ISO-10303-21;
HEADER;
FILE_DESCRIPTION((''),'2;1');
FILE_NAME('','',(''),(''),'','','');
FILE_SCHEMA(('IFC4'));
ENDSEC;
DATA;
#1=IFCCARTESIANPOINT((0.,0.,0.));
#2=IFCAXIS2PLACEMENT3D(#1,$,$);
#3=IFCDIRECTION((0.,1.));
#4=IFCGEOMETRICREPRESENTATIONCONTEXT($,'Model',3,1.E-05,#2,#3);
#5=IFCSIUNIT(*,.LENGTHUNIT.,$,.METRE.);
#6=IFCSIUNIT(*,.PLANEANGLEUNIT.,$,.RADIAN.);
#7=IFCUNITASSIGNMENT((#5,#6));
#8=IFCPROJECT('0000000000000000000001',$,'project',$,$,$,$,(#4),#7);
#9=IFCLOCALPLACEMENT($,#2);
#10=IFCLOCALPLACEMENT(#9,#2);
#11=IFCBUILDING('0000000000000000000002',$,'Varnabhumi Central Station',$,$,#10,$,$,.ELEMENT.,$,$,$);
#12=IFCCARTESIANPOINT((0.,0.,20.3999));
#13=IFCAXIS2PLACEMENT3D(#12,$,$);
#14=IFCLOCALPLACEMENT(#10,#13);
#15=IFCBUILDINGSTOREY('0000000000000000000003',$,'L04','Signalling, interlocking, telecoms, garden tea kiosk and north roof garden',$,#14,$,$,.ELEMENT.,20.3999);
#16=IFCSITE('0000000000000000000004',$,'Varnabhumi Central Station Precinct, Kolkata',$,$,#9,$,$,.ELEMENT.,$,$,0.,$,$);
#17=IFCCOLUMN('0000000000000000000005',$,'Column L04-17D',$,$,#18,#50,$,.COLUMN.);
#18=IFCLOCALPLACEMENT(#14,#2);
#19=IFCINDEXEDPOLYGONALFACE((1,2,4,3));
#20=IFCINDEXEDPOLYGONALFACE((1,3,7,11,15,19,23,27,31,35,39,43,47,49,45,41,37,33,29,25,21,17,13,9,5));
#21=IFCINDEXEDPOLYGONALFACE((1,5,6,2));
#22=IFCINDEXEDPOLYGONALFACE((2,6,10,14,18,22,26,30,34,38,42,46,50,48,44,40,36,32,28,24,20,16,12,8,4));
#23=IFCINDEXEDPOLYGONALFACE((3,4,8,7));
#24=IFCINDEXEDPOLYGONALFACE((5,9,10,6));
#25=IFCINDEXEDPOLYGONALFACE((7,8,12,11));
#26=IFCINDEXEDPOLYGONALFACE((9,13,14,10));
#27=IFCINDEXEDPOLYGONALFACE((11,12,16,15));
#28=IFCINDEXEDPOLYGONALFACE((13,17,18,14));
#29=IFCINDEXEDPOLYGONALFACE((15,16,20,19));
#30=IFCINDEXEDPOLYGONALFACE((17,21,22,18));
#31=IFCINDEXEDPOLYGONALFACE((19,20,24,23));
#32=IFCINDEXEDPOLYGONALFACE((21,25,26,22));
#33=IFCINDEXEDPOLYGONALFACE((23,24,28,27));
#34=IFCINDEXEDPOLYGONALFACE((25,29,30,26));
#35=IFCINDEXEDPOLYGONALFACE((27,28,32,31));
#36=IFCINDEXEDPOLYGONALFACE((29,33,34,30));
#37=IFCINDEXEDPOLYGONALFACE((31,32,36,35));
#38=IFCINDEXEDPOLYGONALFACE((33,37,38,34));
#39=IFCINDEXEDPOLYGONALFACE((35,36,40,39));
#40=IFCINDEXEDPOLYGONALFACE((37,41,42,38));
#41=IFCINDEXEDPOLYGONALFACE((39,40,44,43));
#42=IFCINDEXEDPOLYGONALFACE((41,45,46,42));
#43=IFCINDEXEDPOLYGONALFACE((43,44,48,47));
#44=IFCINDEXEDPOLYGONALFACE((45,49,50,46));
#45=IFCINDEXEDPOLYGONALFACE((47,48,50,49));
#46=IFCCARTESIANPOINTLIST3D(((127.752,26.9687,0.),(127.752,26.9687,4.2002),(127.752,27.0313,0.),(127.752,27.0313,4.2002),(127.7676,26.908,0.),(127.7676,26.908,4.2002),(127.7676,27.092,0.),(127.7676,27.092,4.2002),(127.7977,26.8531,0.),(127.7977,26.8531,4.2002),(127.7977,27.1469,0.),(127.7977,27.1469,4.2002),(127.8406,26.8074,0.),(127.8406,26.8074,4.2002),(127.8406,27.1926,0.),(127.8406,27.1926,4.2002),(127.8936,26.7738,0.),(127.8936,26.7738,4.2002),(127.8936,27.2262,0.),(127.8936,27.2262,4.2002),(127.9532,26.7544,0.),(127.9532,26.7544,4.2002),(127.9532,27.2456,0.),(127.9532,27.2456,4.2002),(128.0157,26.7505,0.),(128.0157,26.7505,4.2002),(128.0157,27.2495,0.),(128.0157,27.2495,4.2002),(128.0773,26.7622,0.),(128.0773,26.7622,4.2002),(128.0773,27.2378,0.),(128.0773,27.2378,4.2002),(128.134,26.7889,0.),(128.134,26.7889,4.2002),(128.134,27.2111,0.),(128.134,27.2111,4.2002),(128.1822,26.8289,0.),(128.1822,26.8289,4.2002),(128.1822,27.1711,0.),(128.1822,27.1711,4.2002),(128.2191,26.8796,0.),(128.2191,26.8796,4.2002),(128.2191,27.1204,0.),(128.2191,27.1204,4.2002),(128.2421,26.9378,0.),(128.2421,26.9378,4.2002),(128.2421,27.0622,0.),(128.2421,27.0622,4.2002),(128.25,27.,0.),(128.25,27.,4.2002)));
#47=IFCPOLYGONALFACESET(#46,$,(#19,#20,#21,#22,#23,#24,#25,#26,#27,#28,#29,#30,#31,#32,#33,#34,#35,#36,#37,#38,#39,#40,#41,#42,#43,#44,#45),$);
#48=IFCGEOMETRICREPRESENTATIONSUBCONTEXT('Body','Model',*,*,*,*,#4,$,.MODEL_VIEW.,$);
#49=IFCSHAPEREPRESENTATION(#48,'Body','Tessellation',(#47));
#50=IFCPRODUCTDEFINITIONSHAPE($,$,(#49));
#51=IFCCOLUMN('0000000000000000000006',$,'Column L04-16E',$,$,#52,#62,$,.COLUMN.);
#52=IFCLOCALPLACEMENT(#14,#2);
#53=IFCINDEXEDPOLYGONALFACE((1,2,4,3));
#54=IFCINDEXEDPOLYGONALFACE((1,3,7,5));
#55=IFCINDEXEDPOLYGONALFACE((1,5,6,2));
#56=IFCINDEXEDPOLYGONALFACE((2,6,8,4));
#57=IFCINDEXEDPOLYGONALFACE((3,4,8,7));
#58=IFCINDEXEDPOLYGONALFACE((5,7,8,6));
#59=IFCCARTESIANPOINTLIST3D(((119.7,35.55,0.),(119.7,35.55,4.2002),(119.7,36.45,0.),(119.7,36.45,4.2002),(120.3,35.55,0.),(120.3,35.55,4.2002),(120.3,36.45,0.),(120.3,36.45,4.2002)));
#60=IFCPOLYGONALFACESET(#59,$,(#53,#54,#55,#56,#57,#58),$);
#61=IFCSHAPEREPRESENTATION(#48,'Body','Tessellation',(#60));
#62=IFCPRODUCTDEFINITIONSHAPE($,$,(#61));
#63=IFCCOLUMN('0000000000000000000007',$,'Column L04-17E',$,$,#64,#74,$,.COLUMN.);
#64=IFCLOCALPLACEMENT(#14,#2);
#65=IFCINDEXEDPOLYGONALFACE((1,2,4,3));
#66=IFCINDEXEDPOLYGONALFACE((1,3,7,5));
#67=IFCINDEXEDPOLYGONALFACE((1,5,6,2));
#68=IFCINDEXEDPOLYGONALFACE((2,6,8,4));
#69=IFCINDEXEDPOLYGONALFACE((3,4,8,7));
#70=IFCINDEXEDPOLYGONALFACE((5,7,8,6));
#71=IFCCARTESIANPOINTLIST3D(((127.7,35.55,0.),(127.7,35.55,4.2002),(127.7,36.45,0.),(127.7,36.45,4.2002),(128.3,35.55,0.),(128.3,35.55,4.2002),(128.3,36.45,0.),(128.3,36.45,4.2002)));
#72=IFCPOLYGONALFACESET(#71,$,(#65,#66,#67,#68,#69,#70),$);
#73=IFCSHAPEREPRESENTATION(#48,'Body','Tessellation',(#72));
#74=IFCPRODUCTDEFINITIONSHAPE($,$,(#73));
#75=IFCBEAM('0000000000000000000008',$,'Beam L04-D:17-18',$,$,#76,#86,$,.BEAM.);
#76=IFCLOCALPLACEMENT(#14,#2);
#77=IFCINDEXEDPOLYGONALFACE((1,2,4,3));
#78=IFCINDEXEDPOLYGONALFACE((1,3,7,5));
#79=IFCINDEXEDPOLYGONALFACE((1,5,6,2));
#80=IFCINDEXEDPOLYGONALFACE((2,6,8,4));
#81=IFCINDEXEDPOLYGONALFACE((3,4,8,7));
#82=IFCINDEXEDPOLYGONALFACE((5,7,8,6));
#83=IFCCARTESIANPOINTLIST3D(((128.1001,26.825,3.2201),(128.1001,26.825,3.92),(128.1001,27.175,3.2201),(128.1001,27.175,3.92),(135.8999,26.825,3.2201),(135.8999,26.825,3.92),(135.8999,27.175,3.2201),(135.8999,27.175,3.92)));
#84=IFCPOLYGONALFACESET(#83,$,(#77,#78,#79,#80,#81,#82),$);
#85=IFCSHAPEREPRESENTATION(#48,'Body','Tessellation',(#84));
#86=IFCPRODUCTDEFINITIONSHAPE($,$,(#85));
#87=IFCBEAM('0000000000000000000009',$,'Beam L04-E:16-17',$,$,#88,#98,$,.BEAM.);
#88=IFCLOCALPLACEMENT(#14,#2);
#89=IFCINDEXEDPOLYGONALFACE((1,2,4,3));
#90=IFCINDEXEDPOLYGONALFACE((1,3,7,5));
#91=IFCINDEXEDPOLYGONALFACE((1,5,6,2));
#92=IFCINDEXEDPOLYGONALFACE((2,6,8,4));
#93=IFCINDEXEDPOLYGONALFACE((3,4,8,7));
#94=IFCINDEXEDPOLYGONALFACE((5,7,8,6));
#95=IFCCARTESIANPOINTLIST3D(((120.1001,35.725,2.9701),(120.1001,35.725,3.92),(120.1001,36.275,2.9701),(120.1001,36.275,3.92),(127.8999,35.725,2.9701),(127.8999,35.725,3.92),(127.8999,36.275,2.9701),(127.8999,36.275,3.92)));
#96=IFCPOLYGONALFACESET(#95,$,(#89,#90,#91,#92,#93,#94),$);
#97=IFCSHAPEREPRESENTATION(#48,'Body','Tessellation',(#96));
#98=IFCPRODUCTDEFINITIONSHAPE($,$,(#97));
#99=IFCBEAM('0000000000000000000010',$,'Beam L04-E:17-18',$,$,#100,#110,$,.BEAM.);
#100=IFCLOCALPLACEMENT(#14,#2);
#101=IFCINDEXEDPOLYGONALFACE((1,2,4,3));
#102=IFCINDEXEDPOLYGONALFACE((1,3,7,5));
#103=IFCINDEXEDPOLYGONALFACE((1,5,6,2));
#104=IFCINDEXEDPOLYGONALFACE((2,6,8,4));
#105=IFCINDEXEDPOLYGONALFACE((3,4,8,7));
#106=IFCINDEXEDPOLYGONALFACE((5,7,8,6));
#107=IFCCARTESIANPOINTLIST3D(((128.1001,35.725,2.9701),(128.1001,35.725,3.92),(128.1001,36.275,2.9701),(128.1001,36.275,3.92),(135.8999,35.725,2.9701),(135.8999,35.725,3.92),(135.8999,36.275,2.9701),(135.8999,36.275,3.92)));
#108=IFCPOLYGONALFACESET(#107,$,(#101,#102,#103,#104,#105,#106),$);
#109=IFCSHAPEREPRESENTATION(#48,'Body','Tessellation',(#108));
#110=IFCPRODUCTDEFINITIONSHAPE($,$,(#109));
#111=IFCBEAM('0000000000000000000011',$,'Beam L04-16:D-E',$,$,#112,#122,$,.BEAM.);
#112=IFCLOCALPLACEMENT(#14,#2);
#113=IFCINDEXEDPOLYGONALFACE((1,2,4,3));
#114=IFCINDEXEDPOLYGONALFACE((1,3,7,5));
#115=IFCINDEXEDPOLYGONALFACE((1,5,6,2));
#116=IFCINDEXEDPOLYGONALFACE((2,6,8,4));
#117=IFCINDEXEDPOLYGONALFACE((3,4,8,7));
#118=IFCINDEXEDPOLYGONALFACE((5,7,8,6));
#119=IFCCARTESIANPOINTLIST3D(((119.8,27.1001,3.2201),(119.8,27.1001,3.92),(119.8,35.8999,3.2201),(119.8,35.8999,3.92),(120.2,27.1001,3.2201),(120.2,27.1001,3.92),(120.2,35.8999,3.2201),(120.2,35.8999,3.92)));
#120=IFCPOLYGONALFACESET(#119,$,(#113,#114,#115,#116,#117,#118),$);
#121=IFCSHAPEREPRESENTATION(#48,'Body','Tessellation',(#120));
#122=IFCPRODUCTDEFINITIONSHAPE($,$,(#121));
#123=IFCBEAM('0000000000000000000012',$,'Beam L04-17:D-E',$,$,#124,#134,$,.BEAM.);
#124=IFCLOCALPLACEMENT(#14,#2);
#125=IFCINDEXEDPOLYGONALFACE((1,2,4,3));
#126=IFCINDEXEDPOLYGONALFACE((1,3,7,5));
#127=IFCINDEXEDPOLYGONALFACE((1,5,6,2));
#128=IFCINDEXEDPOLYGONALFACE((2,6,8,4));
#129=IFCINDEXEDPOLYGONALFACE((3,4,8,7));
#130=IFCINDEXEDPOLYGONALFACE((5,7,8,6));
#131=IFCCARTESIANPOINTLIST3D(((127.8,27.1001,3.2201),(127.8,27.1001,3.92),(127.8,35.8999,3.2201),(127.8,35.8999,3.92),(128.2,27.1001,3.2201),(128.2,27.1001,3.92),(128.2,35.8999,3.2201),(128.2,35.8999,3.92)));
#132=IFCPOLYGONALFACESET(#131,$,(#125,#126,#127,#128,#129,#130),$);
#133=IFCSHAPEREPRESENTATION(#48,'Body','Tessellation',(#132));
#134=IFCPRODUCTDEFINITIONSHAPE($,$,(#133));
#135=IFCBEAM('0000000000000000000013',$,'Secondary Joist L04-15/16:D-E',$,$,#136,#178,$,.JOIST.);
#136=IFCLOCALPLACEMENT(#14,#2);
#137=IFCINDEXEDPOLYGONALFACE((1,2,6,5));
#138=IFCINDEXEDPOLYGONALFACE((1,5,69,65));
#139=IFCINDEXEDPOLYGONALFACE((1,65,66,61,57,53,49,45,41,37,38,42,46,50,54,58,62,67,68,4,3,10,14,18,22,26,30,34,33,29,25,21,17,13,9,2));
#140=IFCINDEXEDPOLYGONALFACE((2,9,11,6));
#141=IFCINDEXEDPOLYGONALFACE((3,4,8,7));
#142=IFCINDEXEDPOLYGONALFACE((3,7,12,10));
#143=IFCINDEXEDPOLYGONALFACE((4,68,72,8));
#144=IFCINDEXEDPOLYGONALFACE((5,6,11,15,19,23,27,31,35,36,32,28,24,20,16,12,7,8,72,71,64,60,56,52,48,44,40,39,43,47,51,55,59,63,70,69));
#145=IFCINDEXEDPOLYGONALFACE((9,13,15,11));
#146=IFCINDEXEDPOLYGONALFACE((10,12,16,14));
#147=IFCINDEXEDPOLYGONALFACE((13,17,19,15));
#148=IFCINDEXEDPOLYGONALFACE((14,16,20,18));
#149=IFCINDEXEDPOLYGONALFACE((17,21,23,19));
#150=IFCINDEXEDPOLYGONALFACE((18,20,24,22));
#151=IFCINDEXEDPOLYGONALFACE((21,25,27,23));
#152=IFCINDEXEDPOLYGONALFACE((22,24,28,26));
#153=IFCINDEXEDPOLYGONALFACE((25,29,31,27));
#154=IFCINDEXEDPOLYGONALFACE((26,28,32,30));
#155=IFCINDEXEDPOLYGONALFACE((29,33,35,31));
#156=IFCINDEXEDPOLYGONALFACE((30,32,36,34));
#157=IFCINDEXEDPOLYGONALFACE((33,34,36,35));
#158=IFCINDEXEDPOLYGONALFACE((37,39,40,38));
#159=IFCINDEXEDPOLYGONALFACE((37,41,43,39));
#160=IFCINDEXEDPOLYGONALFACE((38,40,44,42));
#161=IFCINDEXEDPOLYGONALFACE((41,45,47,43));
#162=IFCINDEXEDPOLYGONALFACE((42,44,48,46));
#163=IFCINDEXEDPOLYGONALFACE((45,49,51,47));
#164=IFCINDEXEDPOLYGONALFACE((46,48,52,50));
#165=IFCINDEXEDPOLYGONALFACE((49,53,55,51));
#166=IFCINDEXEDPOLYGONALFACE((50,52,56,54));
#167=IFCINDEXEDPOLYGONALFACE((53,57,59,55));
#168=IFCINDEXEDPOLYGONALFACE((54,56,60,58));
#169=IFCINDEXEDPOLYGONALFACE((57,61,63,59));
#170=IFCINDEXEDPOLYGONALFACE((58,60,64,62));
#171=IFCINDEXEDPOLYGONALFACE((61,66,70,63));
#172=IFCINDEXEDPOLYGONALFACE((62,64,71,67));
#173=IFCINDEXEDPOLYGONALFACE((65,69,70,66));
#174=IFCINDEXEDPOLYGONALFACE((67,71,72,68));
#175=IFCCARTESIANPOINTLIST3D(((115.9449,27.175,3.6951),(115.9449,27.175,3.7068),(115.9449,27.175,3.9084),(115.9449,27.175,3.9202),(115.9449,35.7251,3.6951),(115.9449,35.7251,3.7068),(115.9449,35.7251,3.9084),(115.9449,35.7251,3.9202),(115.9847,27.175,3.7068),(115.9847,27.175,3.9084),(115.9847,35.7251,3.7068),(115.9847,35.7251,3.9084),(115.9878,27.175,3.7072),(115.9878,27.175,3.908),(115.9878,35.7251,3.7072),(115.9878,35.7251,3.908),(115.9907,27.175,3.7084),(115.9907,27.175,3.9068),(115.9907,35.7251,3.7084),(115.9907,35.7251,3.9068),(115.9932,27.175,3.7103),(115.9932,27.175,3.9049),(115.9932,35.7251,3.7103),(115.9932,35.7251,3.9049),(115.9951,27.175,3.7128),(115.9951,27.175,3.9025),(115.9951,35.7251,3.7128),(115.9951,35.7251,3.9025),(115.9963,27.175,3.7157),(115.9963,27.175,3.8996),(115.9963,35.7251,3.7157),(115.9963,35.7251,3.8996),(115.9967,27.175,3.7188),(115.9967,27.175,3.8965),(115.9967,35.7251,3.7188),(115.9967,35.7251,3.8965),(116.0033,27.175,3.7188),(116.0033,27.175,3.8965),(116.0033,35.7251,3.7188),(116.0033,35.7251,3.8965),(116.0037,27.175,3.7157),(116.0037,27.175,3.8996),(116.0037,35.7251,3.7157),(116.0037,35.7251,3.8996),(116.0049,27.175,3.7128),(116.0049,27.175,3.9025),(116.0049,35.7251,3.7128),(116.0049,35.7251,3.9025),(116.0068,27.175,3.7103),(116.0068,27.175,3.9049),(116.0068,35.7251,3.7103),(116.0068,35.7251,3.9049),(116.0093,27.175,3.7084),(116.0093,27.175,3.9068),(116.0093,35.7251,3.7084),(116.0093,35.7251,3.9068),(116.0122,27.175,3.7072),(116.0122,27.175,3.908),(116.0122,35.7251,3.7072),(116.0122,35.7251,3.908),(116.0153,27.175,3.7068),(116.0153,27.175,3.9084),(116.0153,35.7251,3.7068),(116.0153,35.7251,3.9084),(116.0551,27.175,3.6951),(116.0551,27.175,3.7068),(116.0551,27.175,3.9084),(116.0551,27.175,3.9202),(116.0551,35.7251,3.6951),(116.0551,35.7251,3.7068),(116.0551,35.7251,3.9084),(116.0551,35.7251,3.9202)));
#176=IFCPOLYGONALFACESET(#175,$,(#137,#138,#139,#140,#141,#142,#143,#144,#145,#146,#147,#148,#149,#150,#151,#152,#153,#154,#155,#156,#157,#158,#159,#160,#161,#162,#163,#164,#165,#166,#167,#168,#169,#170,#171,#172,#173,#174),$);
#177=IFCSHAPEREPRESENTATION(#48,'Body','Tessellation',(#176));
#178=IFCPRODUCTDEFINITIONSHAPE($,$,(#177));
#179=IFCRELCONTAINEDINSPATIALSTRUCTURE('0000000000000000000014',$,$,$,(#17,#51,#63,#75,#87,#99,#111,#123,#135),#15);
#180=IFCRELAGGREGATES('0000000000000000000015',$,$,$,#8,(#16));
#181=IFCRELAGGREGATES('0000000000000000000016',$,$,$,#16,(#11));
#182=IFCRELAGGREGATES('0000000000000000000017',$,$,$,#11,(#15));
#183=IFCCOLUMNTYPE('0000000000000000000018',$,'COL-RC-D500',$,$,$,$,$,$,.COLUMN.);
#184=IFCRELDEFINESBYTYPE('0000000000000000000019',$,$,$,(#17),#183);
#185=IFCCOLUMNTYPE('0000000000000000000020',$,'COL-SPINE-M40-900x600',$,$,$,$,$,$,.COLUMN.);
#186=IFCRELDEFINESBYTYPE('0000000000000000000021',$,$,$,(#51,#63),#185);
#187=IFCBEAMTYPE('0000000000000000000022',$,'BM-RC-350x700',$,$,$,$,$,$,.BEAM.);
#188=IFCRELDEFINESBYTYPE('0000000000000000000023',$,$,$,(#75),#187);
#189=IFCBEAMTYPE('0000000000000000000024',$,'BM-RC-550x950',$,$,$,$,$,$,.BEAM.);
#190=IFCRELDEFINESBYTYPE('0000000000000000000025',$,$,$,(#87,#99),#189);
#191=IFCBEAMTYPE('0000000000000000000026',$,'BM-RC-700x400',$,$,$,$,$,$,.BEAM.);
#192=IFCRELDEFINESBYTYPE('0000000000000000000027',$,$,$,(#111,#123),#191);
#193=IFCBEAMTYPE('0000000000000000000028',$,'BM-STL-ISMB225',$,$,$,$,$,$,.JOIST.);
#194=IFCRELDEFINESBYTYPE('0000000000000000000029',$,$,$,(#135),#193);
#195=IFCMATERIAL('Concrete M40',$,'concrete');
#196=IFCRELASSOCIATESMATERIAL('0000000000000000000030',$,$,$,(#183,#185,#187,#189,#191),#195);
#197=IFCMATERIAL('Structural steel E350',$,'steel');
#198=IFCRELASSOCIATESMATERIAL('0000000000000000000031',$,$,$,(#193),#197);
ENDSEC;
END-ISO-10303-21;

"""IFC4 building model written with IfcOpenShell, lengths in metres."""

from ifc_helpers import new_model, si_unit, direction, frame, origin, origin_2d, place, context, subcontext, project, spatial, rectangle, circle, i_section, extrude, material, material_profile, profile_set, type_object, element, save


model = new_model("IFC4")

# Units and contexts
model_context = context("Model", 3, precision=1e-05, world=origin(), true_north=direction((0.0, 1.0)))
body_context = subcontext(model_context, "Body", "Model", "MODEL_VIEW")
ifc_project = project(units=[si_unit("LENGTHUNIT", "METRE"), si_unit("PLANEANGLEUNIT", "RADIAN")], contexts=[model_context])

# Site, building, storey
site_placement = place(None, origin())
site = spatial("IfcSite", under=ifc_project, at=site_placement, Name="Varnabhumi Central Station Precinct, Kolkata", CompositionType="ELEMENT", RefElevation=0.0)
building_placement = place(site_placement, origin())
building = spatial("IfcBuilding", under=site, at=building_placement, Name="Varnabhumi Central Station", CompositionType="ELEMENT")
storey_placement = place(building_placement, frame((0.0, 0.0, 20.3999)))
storey = spatial("IfcBuildingStorey", under=building, at=storey_placement, Name="L04", Description="Signalling, interlocking, telecoms, garden tea kiosk and north roof garden", CompositionType="ELEMENT", Elevation=20.3999)

# Columns
ifc_material_1 = material(Name="Concrete M40", Category="concrete")
ifc_material_profile_1 = material_profile(ifc_material_1, circle(Radius=0.25, at=origin_2d()), Name="Concrete M40", Category="concrete")
ifc_profile_set_1 = profile_set([ifc_material_profile_1], Name="Concrete M40")
column_type_1 = type_object("IfcColumnType", Name="COL-RC-D500", PredefinedType="COLUMN", material=ifc_profile_set_1)
column_placement = place(storey_placement, frame((128.0, 27.0, 0.0), z_axis=(0.0, 0.0, 1.0), x_axis=(1.0, 0.0, 0.0)))
element("IfcColumn", 1, at=column_placement, inside=storey, type_object=column_type_1, Name="Column L04-17D", PredefinedType="COLUMN", context=body_context, shape_type="SweptSolid", body=[
    extrude(circle(Radius=0.25, at=origin_2d()), origin(), (0.0, 0.0, 1.0), 4.2002),
])
ifc_material_profile_2 = material_profile(ifc_material_1, rectangle(XDim=0.6001, YDim=0.8999, at=origin_2d()), Name="Concrete M40", Category="concrete")
ifc_profile_set_2 = profile_set([ifc_material_profile_2], Name="Concrete M40")
column_type_2 = type_object("IfcColumnType", Name="COL-SPINE-M40-900x600", PredefinedType="COLUMN", material=ifc_profile_set_2)
for number, where, z_axis, x_axis, name in (
    (2, (120.0, 36.0, 0.0), (0.0, 0.0, 1.0), (1.0, 0.0, 0.0), "Column L04-16E"),
    (3, (128.0, 36.0, 0.0), (0.0, 0.0, 1.0), (1.0, 0.0, 0.0), "Column L04-17E"),
):
    element("IfcColumn", number, at=place(storey_placement, frame(where, z_axis=z_axis, x_axis=x_axis)), inside=storey, type_object=column_type_2, Name=name, PredefinedType="COLUMN", context=body_context, shape_type="SweptSolid", body=[
        extrude(rectangle(XDim=0.6001, YDim=0.8999, at=origin_2d()), origin(), (0.0, 0.0, 1.0), 4.2002),
    ])

# Beams
ifc_material_profile_3 = material_profile(ifc_material_1, rectangle(XDim=0.3501, YDim=0.7, at=origin_2d()), Name="Concrete M40", Category="concrete")
ifc_profile_set_3 = profile_set([ifc_material_profile_3], Name="Concrete M40")
beam_type_1 = type_object("IfcBeamType", Name="BM-RC-350x700", PredefinedType="BEAM", material=ifc_profile_set_3)
beam_1_placement = place(storey_placement, frame((128.1001, 27.0, 3.5701), z_axis=(1.0, 0.0, 0.0), x_axis=(0.0, 1.0, 0.0)))
element("IfcBeam", 4, at=beam_1_placement, inside=storey, type_object=beam_type_1, Name="Beam L04-D:17-18", PredefinedType="BEAM", context=body_context, shape_type="SweptSolid", body=[
    extrude(rectangle(XDim=0.3501, YDim=0.7, at=origin_2d()), origin(), (0.0, 0.0, 1.0), 7.7998),
])
ifc_material_profile_4 = material_profile(ifc_material_1, rectangle(XDim=0.55, YDim=0.95, at=origin_2d()), Name="Concrete M40", Category="concrete")
ifc_profile_set_4 = profile_set([ifc_material_profile_4], Name="Concrete M40")
beam_type_2 = type_object("IfcBeamType", Name="BM-RC-550x950", PredefinedType="BEAM", material=ifc_profile_set_4)
for number, where, z_axis, x_axis, name in (
    (5, (120.1001, 36.0, 3.4451), (1.0, 0.0, 0.0), (0.0, 1.0, 0.0), "Beam L04-E:16-17"),
    (6, (128.1001, 36.0, 3.4451), (1.0, 0.0, 0.0), (0.0, 1.0, 0.0), "Beam L04-E:17-18"),
):
    element("IfcBeam", number, at=place(storey_placement, frame(where, z_axis=z_axis, x_axis=x_axis)), inside=storey, type_object=beam_type_2, Name=name, PredefinedType="BEAM", context=body_context, shape_type="SweptSolid", body=[
        extrude(rectangle(XDim=0.55, YDim=0.95, at=origin_2d()), origin(), (0.0, 0.0, 1.0), 7.7998),
    ])
ifc_material_profile_5 = material_profile(ifc_material_1, rectangle(XDim=0.3999, YDim=0.7, at=origin_2d()), Name="Concrete M40", Category="concrete")
ifc_profile_set_5 = profile_set([ifc_material_profile_5], Name="Concrete M40")
beam_type_3 = type_object("IfcBeamType", Name="BM-RC-700x400", PredefinedType="BEAM", material=ifc_profile_set_5)
for number, where, z_axis, x_axis, name in (
    (7, (120.0, 27.1001, 3.5701), (0.0, 1.0, 0.0), (-1.0, 0.0, 0.0), "Beam L04-16:D-E"),
    (8, (128.0, 27.1001, 3.5701), (0.0, 1.0, 0.0), (-1.0, 0.0, 0.0), "Beam L04-17:D-E"),
):
    element("IfcBeam", number, at=place(storey_placement, frame(where, z_axis=z_axis, x_axis=x_axis)), inside=storey, type_object=beam_type_3, Name=name, PredefinedType="BEAM", context=body_context, shape_type="SweptSolid", body=[
        extrude(rectangle(XDim=0.3999, YDim=0.7, at=origin_2d()), origin(), (0.0, 0.0, 1.0), 8.7998),
    ])
ifc_material_2 = material(Name="Structural steel E350", Category="steel")
ifc_material_profile_6 = material_profile(ifc_material_2, i_section(OverallWidth=0.1101, OverallDepth=0.2251, WebThickness=0.0066, FlangeThickness=0.0117, FilletRadius=0.012, at=origin_2d()), Name="Structural steel E350", Category="steel")
ifc_profile_set_6 = profile_set([ifc_material_profile_6], Name="Structural steel E350")
beam_type_4 = type_object("IfcBeamType", Name="BM-STL-ISMB225", PredefinedType="JOIST", material=ifc_profile_set_6)
beam_2_placement = place(storey_placement, frame((116.0, 27.175, 3.8076), z_axis=(0.0, 1.0, 0.0), x_axis=(-1.0, 0.0, 0.0)))
element("IfcBeam", 9, at=beam_2_placement, inside=storey, type_object=beam_type_4, Name="Secondary Joist L04-15/16:D-E", PredefinedType="JOIST", context=body_context, shape_type="SweptSolid", body=[
    extrude(i_section(OverallWidth=0.1101, OverallDepth=0.2251, WebThickness=0.0066, FlangeThickness=0.0117, FilletRadius=0.012, at=origin_2d()), origin(), (0.0, 0.0, 1.0), 8.55),
])

save(model, "model.ifc")
